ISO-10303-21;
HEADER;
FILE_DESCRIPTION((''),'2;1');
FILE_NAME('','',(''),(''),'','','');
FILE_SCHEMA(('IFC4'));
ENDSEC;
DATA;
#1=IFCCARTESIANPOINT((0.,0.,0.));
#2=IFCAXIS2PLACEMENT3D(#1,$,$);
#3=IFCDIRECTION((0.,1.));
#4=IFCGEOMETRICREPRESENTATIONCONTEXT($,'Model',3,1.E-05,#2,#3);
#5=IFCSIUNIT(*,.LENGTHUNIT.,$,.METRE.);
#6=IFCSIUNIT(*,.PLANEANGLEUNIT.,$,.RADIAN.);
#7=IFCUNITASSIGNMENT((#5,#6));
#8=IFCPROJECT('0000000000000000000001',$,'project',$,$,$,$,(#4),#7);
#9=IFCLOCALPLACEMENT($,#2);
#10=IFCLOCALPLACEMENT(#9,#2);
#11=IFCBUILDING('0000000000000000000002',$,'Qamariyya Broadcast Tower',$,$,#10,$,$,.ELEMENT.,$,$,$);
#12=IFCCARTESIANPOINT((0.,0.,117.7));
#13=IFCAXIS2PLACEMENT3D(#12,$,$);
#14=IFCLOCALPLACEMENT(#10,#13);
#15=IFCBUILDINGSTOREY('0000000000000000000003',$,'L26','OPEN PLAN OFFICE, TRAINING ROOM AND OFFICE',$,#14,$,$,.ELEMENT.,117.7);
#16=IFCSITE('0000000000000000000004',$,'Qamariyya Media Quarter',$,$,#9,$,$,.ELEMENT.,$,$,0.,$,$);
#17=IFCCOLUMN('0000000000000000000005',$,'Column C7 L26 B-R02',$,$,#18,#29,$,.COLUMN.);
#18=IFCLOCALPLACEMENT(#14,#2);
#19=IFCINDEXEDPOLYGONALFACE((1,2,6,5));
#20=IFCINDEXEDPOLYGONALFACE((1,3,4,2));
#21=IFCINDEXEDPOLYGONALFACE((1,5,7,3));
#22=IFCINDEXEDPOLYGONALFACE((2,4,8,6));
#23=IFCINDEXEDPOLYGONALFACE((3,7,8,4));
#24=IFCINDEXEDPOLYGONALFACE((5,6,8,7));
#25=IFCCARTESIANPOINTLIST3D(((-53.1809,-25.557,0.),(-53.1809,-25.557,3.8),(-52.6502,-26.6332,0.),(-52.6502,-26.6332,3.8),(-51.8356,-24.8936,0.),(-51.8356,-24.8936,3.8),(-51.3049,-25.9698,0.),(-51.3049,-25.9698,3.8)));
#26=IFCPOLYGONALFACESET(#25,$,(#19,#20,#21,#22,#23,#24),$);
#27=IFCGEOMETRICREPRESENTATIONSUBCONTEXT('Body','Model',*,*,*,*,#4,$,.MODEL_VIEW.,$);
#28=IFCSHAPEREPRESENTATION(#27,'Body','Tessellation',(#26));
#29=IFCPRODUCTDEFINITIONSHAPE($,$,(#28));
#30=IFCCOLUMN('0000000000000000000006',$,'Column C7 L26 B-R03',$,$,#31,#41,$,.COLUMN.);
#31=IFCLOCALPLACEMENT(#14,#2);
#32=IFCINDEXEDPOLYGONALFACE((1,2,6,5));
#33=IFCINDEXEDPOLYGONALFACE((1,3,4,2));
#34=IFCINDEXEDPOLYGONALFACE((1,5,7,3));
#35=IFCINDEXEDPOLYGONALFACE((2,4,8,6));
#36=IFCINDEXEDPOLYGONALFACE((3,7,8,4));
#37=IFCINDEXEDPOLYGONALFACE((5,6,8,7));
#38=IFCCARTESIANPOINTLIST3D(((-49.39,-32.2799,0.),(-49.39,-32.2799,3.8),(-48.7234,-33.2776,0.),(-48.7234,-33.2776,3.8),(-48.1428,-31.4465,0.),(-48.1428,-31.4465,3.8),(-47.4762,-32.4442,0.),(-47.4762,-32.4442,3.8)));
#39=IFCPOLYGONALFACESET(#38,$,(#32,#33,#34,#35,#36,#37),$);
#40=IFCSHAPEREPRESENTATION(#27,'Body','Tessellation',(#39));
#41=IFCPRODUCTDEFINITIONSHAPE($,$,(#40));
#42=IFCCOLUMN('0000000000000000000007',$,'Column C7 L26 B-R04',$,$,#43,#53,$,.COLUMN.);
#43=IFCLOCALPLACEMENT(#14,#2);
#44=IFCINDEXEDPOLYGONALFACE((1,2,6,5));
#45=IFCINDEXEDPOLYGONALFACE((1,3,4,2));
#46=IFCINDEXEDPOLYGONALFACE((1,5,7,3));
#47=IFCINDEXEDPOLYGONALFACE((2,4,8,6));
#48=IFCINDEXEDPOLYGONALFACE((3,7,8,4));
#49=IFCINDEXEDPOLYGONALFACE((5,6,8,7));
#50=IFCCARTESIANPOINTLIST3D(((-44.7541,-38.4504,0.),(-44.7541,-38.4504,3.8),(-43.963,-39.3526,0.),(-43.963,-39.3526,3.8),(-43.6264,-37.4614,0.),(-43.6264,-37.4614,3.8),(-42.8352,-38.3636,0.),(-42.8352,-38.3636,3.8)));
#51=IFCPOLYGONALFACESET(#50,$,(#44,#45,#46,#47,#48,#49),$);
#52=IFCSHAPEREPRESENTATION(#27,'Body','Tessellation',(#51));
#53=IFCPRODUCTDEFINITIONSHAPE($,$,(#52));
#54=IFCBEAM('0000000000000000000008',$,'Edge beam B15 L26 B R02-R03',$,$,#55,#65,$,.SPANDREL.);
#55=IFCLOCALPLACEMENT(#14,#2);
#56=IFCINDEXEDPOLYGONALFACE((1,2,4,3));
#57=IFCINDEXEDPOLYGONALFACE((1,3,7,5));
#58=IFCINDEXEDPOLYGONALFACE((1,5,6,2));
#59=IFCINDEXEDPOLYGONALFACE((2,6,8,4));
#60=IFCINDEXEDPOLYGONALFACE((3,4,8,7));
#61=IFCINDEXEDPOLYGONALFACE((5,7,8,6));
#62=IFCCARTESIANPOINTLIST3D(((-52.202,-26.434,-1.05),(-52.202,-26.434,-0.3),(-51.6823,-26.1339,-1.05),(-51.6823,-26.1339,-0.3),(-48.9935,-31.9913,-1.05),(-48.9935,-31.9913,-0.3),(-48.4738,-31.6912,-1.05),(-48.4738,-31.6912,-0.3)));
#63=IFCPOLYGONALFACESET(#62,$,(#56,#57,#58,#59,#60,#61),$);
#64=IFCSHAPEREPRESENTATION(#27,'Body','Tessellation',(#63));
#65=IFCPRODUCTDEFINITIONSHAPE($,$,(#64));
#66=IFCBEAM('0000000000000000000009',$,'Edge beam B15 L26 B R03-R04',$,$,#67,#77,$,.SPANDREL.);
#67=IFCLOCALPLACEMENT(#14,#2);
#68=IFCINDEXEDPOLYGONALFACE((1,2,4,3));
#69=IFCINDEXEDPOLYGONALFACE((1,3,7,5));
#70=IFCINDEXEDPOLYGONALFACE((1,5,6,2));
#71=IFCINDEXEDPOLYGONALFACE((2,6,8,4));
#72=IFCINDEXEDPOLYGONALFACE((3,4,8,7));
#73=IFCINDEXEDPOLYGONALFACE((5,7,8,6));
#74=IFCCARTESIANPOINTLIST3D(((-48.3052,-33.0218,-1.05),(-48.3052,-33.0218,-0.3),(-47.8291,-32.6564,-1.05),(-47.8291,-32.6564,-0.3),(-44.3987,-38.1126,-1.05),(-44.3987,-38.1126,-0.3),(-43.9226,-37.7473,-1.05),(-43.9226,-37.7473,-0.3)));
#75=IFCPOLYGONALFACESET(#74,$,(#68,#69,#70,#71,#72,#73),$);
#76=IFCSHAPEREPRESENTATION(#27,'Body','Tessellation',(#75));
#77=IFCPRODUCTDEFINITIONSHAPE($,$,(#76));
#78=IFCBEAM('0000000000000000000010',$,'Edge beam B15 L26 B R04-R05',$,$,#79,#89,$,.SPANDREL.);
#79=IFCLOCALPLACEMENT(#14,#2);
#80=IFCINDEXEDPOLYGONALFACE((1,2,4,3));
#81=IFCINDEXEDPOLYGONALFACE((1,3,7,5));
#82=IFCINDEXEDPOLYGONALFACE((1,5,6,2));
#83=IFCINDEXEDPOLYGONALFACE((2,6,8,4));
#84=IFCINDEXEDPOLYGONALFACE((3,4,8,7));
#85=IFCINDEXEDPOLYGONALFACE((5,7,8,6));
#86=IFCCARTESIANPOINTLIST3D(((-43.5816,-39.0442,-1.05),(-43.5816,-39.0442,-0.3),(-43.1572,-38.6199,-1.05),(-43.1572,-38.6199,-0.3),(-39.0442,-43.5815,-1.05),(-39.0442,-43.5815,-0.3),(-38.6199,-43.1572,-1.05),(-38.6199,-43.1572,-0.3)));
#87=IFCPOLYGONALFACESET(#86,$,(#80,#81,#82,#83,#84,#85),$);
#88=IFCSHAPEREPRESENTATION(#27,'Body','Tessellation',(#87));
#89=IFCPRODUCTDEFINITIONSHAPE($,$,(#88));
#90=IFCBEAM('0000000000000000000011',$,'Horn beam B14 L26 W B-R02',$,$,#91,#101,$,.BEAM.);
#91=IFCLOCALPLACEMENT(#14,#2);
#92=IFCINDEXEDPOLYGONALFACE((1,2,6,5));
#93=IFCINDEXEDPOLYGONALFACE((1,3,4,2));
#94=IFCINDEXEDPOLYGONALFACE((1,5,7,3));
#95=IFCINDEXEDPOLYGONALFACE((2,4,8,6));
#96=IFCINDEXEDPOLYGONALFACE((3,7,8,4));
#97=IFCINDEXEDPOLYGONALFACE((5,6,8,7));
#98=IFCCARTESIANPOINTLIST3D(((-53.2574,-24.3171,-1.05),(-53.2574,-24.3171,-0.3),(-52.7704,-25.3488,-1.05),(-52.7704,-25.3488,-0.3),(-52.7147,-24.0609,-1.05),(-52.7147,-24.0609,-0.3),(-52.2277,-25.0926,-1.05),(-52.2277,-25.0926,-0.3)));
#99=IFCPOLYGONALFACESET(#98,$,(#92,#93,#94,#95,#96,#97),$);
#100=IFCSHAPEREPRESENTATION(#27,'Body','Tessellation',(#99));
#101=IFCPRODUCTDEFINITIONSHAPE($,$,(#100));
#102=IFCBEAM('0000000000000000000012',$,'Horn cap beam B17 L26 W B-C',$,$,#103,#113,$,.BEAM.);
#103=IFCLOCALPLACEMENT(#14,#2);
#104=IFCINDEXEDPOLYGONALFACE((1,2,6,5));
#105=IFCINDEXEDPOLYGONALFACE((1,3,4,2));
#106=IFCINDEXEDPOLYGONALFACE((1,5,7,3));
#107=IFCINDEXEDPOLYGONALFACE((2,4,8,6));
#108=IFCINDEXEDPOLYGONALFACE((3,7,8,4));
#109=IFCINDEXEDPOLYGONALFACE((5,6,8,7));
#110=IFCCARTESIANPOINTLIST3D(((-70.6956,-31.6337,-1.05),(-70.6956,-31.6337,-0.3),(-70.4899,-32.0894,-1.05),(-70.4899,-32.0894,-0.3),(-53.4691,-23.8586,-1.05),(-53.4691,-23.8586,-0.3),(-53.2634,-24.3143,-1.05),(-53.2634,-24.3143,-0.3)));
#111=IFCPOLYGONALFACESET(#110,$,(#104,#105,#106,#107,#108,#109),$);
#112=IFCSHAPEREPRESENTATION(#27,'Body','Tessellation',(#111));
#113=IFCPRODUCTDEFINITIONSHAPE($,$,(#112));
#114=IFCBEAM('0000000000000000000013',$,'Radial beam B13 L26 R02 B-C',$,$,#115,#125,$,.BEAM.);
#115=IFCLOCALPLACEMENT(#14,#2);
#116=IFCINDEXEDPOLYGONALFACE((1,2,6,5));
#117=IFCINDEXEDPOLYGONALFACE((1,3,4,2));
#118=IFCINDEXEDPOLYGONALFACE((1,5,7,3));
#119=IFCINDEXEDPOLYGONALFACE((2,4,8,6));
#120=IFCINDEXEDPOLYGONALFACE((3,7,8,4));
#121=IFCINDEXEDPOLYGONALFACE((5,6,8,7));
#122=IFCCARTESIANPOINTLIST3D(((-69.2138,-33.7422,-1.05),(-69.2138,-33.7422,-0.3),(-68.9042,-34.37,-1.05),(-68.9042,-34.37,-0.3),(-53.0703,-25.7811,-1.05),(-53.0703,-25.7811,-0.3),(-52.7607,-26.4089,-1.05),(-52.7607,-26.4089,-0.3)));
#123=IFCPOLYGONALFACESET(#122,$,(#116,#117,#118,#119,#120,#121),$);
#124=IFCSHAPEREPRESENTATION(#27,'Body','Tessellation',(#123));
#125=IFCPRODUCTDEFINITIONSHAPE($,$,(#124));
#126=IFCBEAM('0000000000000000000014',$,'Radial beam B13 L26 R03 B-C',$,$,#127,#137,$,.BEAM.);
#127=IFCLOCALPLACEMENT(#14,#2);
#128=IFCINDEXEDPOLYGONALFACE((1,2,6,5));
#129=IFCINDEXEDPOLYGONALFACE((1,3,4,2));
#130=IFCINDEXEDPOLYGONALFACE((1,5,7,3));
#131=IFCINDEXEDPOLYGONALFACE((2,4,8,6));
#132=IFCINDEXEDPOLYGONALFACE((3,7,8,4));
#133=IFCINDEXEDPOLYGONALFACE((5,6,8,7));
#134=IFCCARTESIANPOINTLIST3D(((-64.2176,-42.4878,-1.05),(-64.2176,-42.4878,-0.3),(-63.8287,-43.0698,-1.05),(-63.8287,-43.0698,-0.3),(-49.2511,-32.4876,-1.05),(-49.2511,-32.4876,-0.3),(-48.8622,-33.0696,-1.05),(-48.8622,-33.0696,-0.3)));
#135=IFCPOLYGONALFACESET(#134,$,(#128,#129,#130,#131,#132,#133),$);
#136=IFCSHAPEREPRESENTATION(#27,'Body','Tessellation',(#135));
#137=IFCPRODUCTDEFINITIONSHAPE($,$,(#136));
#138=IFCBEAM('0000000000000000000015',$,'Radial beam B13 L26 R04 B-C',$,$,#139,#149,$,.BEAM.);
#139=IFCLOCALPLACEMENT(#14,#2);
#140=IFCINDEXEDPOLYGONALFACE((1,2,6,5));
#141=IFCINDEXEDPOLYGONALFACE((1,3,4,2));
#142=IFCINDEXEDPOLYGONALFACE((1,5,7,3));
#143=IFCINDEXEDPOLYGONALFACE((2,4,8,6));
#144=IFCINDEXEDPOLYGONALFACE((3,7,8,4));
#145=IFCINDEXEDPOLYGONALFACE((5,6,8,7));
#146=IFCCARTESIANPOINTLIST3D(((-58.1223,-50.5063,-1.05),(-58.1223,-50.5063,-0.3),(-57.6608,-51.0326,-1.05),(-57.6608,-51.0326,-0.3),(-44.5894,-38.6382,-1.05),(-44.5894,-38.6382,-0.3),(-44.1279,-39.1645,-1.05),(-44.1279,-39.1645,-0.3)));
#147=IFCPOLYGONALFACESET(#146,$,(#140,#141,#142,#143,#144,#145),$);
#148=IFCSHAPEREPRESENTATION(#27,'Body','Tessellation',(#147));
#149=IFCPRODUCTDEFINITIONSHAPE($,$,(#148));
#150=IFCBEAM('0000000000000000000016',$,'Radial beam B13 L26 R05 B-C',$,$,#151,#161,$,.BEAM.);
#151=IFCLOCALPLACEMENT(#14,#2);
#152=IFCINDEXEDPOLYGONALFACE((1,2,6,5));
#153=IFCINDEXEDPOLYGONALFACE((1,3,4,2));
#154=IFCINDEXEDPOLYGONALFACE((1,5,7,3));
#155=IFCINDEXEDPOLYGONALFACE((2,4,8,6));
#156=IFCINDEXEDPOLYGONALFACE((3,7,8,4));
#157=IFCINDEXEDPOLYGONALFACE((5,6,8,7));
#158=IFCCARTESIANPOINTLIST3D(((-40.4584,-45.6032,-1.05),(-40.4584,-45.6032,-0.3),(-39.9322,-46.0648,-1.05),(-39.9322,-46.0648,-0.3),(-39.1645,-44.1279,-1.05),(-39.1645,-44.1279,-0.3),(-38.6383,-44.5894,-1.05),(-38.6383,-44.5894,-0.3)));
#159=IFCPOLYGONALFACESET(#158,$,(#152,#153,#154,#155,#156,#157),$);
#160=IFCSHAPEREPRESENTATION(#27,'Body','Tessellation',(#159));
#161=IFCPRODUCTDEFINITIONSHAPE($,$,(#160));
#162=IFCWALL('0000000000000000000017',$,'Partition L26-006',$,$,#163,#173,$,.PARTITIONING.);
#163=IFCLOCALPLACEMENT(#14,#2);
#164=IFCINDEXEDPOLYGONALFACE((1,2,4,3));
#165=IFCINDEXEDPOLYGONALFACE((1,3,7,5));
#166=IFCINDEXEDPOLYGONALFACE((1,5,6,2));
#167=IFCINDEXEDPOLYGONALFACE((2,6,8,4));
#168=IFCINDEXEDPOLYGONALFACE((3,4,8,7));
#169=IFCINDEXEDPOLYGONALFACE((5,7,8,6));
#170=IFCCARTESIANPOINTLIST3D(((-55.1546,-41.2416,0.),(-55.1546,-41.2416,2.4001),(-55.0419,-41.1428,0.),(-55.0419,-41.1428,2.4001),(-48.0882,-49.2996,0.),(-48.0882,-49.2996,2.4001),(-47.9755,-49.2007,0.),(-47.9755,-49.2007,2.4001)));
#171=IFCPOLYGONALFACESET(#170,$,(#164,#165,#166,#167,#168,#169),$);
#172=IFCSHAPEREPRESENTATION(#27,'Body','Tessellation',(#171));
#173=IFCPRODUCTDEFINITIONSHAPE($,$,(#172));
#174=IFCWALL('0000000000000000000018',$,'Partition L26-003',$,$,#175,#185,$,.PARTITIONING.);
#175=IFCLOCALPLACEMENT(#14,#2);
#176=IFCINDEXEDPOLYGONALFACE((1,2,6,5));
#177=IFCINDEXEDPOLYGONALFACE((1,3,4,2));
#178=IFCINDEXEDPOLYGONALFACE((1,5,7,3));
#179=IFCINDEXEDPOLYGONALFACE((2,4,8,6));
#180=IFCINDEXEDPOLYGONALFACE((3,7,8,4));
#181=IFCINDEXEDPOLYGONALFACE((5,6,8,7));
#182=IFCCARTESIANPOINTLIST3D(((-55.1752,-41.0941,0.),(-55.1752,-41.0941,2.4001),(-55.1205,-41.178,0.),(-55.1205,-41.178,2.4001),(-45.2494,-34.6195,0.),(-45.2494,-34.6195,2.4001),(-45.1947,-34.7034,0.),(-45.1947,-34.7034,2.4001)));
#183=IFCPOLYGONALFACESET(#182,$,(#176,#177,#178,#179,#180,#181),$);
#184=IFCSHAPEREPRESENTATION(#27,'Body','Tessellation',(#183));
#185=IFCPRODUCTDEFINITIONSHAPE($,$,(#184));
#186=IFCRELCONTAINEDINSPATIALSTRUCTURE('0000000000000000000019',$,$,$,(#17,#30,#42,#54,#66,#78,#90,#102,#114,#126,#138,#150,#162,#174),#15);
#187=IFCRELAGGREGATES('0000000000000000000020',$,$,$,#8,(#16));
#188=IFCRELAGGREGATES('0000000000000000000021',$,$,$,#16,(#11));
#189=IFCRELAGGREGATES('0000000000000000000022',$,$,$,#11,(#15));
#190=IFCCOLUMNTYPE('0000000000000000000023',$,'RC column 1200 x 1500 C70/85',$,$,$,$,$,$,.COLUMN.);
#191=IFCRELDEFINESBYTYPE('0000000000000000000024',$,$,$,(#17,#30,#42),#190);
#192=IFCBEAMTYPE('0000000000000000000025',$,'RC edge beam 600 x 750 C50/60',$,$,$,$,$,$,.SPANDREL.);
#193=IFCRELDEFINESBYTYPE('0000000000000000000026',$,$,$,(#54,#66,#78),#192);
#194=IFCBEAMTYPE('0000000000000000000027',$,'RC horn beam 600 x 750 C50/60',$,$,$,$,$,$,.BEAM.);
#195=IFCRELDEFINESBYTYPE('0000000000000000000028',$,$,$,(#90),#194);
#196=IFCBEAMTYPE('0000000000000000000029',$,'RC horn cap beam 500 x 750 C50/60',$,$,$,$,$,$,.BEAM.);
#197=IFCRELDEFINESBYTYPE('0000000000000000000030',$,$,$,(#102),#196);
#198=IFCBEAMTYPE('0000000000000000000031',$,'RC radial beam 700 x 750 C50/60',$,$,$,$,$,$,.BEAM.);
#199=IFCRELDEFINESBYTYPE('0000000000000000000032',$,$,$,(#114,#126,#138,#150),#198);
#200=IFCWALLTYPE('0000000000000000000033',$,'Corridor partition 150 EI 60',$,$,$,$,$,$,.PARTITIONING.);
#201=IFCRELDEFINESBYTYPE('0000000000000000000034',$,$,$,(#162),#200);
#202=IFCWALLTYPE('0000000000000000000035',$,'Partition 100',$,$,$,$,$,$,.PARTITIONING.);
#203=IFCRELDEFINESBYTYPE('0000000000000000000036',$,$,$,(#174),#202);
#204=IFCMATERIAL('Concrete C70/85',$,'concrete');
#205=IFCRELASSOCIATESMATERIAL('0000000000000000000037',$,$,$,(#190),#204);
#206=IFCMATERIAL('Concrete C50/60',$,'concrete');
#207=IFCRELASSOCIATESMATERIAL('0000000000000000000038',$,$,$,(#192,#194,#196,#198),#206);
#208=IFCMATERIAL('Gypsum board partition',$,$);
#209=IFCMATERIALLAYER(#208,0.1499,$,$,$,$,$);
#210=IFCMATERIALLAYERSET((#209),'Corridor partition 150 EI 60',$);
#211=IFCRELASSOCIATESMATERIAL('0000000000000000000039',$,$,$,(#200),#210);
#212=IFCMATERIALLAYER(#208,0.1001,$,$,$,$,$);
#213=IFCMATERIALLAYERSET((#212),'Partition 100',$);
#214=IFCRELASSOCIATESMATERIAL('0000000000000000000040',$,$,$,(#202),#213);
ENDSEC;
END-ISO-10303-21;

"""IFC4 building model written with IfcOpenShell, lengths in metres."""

from ifc_helpers import new_model, si_unit, direction, frame, frame_2d, origin, origin_2d, place, context, subcontext, project, spatial, rectangle, extrude, material, layer, layer_set, material_profile, profile_set, type_object, element, save


model = new_model("IFC4")

# Units and contexts
model_context = context("Model", 3, precision=1e-05, world=origin(), true_north=direction((0.0, 1.0)))
body_context = subcontext(model_context, "Body", "Model", "MODEL_VIEW")
ifc_project = project(units=[si_unit("LENGTHUNIT", "METRE"), si_unit("PLANEANGLEUNIT", "RADIAN")], contexts=[model_context])

# Site, building, storey
site_placement = place(None, origin())
site = spatial("IfcSite", under=ifc_project, at=site_placement, Name="Qamariyya Media Quarter", CompositionType="ELEMENT", RefElevation=0.0)
building_placement = place(site_placement, origin())
building = spatial("IfcBuilding", under=site, at=building_placement, Name="Qamariyya Broadcast Tower", CompositionType="ELEMENT")
storey_placement = place(building_placement, frame((0.0, 0.0, 117.7)))
storey = spatial("IfcBuildingStorey", under=building, at=storey_placement, Name="L26", Description="OPEN PLAN OFFICE, TRAINING ROOM AND OFFICE", CompositionType="ELEMENT", Elevation=117.7)

# Columns
ifc_material_1 = material(Name="Concrete C70/85", Category="concrete")
ifc_material_profile_1 = material_profile(ifc_material_1, rectangle(XDim=1.2, YDim=1.5, at=origin_2d()))
ifc_profile_set_1 = profile_set([ifc_material_profile_1], Name="Concrete C70/85")
column_type = type_object("IfcColumnType", Name="RC column 1200 x 1500 C70/85", PredefinedType="COLUMN", material=ifc_profile_set_1)
for number, where, z_axis, x_axis, name in (
    (1, (-52.2429, -25.7634, 0.0), (0.0, 0.0, 1.0), (0.442289, -0.896873, 0.0), "Column C7 L26 B-R02"),
    (2, (-48.4331, -32.3621, 0.0), (0.0, 0.0, 1.0), (0.55557, -0.83147, 0.0), "Column C7 L26 B-R03"),
    (3, (-43.7947, -38.407, 0.0), (0.0, 0.0, 1.0), (0.659346, -0.75184, 0.0), "Column C7 L26 B-R04"),
):
    element("IfcColumn", number, at=place(storey_placement, frame(where, z_axis=z_axis, x_axis=x_axis)), inside=storey, type_object=column_type, Name=name, PredefinedType="COLUMN", context=body_context, shape_type="SweptSolid", body=[
        extrude(rectangle(XDim=1.2, YDim=1.5, at=origin_2d()), origin(), (0.0, 0.0, 1.0), 3.8),
    ])

# Beams
ifc_material_2 = material(Name="Concrete C50/60", Category="concrete")
ifc_material_profile_2 = material_profile(ifc_material_2, rectangle(XDim=0.6001, YDim=0.75, at=origin_2d()))
ifc_profile_set_2 = profile_set([ifc_material_profile_2], Name="Concrete C50/60")
beam_type_1 = type_object("IfcBeamType", Name="RC edge beam 600 x 750 C50/60", PredefinedType="SPANDREL", material=ifc_profile_set_2)
for number, where, z_axis, x_axis, name in (
    (4, (-51.9421, -26.2839, -0.675), (0.499994, -0.866029, 0.0), (0.866029, 0.499994, 0.0), "Edge beam B15 L26 B R02-R03"),
    (5, (-48.0671, -32.8391, -0.675), (0.608778, -0.793341, 0.0), (0.793341, 0.608778, 0.0), "Edge beam B15 L26 B R03-R04"),
):
    element("IfcBeam", number, at=place(storey_placement, frame(where, z_axis=z_axis, x_axis=x_axis)), inside=storey, type_object=beam_type_1, Name=name, PredefinedType="SPANDREL", context=body_context, shape_type="SweptSolid", body=[
        extrude(rectangle(XDim=0.6001, YDim=0.75, at=origin_2d()), origin(), (0.0, 0.0, 1.0), 6.417),
    ])
beam_1_placement = place(storey_placement, frame((-43.3694, -38.832, -0.675), z_axis=(0.707107, -0.707107, 0.0), x_axis=(0.707107, 0.707107, 0.0)))
element("IfcBeam", 6, at=beam_1_placement, inside=storey, type_object=beam_type_1, Name="Edge beam B15 L26 B R04-R05", PredefinedType="SPANDREL", context=body_context, shape_type="SweptSolid", body=[
    extrude(rectangle(XDim=0.6001, YDim=0.75, at=origin_2d()), origin(), (0.0, 0.0, 1.0), 6.4167),
])
ifc_material_profile_3 = material_profile(ifc_material_2, rectangle(XDim=0.6001, YDim=0.75, at=origin_2d()))
ifc_profile_set_3 = profile_set([ifc_material_profile_3], Name="Concrete C50/60")
beam_type_2 = type_object("IfcBeamType", Name="RC horn beam 600 x 750 C50/60", PredefinedType="BEAM", material=ifc_profile_set_3)
beam_2_placement = place(storey_placement, frame((-52.499, -25.2207, -0.675), z_axis=(-0.426899, 0.904299, 0.0), x_axis=(-0.904299, -0.426899, 0.0)))
element("IfcBeam", 7, at=beam_2_placement, inside=storey, type_object=beam_type_2, Name="Horn beam B14 L26 W B-R02", PredefinedType="BEAM", context=body_context, shape_type="SweptSolid", body=[
    extrude(rectangle(XDim=0.6001, YDim=0.75, at=origin_2d()), origin(), (0.0, 0.0, 1.0), 1.1409),
])
ifc_material_profile_4 = material_profile(ifc_material_2, rectangle(XDim=0.5, YDim=0.75, at=origin_2d()))
ifc_profile_set_4 = profile_set([ifc_material_profile_4], Name="Concrete C50/60")
beam_type_3 = type_object("IfcBeamType", Name="RC horn cap beam 500 x 750 C50/60", PredefinedType="BEAM", material=ifc_profile_set_4)
beam_3_placement = place(storey_placement, frame((-53.3662, -24.0864, -0.675), z_axis=(-0.911462, -0.411385, 0.0), x_axis=(0.411385, -0.911462, 0.0)))
element("IfcBeam", 8, at=beam_3_placement, inside=storey, type_object=beam_type_3, Name="Horn cap beam B17 L26 W B-C", PredefinedType="BEAM", context=body_context, shape_type="SweptSolid", body=[
    extrude(rectangle(XDim=0.5, YDim=0.75, at=origin_2d()), origin(), (0.0, 0.0, 1.0), 18.8999),
])
ifc_material_profile_5 = material_profile(ifc_material_2, rectangle(XDim=0.7, YDim=0.75, at=origin_2d()))
ifc_profile_set_5 = profile_set([ifc_material_profile_5], Name="Concrete C50/60")
beam_type_4 = type_object("IfcBeamType", Name="RC radial beam 700 x 750 C50/60", PredefinedType="BEAM", material=ifc_profile_set_5)
beam_4_placement = place(storey_placement, frame((-52.9155, -26.095, -0.675), z_axis=(-0.896871, -0.442291, 0.0), x_axis=(0.442291, -0.896871, 0.0)))
element("IfcBeam", 9, at=beam_4_placement, inside=storey, type_object=beam_type_4, Name="Radial beam B13 L26 R02 B-C", PredefinedType="BEAM", context=body_context, shape_type="SweptSolid", body=[
    extrude(rectangle(XDim=0.7, YDim=0.75, at=origin_2d()), origin(), (0.0, 0.0, 1.0), 17.9998),
])
beam_5_placement = place(storey_placement, frame((-49.0566, -32.7786, -0.675), z_axis=(-0.831472, -0.555567, 0.0), x_axis=(0.555567, -0.831472, 0.0)))
element("IfcBeam", 10, at=beam_5_placement, inside=storey, type_object=beam_type_4, Name="Radial beam B13 L26 R03 B-C", PredefinedType="BEAM", context=body_context, shape_type="SweptSolid", body=[
    extrude(rectangle(XDim=0.7, YDim=0.75, at=origin_2d()), origin(), (0.0, 0.0, 1.0), 18.0),
])
beam_6_placement = place(storey_placement, frame((-44.3586, -38.9014, -0.675), z_axis=(-0.751838, -0.659348, 0.0), x_axis=(0.659348, -0.751838, 0.0)))
element("IfcBeam", 11, at=beam_6_placement, inside=storey, type_object=beam_type_4, Name="Radial beam B13 L26 R04 B-C", PredefinedType="BEAM", context=body_context, shape_type="SweptSolid", body=[
    extrude(rectangle(XDim=0.7, YDim=0.75, at=origin_2d()), origin(), (0.0, 0.0, 1.0), 17.9998),
])
beam_7_placement = place(storey_placement, frame((-38.9014, -44.3586, -0.675), z_axis=(-0.659376, -0.751813, 0.0), x_axis=(0.751813, -0.659376, 0.0)))
element("IfcBeam", 12, at=beam_7_placement, inside=storey, type_object=beam_type_4, Name="Radial beam B13 L26 R05 B-C", PredefinedType="BEAM", context=body_context, shape_type="SweptSolid", body=[
    extrude(rectangle(XDim=0.7, YDim=0.75, at=origin_2d()), origin(), (0.0, 0.0, 1.0), 1.9624),
])

# Walls
ifc_material_3 = material(Name="Gypsum board partition")
ifc_layer_1 = layer(ifc_material_3, 0.1499)
ifc_layer_set_1 = layer_set([ifc_layer_1], Name="Corridor partition 150 EI 60")
wall_type_1 = type_object("IfcWallType", Name="Corridor partition 150 EI 60", PredefinedType="PARTITIONING", material=ifc_layer_set_1)
wall_1_placement = place(storey_placement, frame((-48.0317, -49.2502, 0.0), z_axis=(0.0, 0.0, 1.0), x_axis=(-0.659338, 0.751847, 0.0)))
element("IfcWall", 13, at=wall_1_placement, inside=storey, type_object=wall_type_1, Name="Partition L26-006", PredefinedType="PARTITIONING", context=body_context, shape_type="SweptSolid", body=[
    extrude(rectangle(XDim=10.7175, YDim=0.1499, at=frame_2d((5.3589, 0.0))), origin(), (0.0, 0.0, 1.0), 2.4001),
])
ifc_layer_2 = layer(ifc_material_3, 0.1001)
ifc_layer_set_2 = layer_set([ifc_layer_2], Name="Partition 100")
wall_type_2 = type_object("IfcWallType", Name="Partition 100", PredefinedType="PARTITIONING", material=ifc_layer_set_2)
wall_2_placement = place(storey_placement, frame((-55.1477, -41.136, 0.0), z_axis=(0.0, 0.0, 1.0), x_axis=(0.837561, 0.546343, 0.0)))
element("IfcWall", 14, at=wall_2_placement, inside=storey, type_object=wall_type_2, Name="Partition L26-003", PredefinedType="PARTITIONING", context=body_context, shape_type="SweptSolid", body=[
    extrude(rectangle(XDim=11.8508, YDim=0.1001, at=frame_2d((5.9253, 0.0))), origin(), (0.0, 0.0, 1.0), 2.4001),
])

save(model, "model.ifc")
